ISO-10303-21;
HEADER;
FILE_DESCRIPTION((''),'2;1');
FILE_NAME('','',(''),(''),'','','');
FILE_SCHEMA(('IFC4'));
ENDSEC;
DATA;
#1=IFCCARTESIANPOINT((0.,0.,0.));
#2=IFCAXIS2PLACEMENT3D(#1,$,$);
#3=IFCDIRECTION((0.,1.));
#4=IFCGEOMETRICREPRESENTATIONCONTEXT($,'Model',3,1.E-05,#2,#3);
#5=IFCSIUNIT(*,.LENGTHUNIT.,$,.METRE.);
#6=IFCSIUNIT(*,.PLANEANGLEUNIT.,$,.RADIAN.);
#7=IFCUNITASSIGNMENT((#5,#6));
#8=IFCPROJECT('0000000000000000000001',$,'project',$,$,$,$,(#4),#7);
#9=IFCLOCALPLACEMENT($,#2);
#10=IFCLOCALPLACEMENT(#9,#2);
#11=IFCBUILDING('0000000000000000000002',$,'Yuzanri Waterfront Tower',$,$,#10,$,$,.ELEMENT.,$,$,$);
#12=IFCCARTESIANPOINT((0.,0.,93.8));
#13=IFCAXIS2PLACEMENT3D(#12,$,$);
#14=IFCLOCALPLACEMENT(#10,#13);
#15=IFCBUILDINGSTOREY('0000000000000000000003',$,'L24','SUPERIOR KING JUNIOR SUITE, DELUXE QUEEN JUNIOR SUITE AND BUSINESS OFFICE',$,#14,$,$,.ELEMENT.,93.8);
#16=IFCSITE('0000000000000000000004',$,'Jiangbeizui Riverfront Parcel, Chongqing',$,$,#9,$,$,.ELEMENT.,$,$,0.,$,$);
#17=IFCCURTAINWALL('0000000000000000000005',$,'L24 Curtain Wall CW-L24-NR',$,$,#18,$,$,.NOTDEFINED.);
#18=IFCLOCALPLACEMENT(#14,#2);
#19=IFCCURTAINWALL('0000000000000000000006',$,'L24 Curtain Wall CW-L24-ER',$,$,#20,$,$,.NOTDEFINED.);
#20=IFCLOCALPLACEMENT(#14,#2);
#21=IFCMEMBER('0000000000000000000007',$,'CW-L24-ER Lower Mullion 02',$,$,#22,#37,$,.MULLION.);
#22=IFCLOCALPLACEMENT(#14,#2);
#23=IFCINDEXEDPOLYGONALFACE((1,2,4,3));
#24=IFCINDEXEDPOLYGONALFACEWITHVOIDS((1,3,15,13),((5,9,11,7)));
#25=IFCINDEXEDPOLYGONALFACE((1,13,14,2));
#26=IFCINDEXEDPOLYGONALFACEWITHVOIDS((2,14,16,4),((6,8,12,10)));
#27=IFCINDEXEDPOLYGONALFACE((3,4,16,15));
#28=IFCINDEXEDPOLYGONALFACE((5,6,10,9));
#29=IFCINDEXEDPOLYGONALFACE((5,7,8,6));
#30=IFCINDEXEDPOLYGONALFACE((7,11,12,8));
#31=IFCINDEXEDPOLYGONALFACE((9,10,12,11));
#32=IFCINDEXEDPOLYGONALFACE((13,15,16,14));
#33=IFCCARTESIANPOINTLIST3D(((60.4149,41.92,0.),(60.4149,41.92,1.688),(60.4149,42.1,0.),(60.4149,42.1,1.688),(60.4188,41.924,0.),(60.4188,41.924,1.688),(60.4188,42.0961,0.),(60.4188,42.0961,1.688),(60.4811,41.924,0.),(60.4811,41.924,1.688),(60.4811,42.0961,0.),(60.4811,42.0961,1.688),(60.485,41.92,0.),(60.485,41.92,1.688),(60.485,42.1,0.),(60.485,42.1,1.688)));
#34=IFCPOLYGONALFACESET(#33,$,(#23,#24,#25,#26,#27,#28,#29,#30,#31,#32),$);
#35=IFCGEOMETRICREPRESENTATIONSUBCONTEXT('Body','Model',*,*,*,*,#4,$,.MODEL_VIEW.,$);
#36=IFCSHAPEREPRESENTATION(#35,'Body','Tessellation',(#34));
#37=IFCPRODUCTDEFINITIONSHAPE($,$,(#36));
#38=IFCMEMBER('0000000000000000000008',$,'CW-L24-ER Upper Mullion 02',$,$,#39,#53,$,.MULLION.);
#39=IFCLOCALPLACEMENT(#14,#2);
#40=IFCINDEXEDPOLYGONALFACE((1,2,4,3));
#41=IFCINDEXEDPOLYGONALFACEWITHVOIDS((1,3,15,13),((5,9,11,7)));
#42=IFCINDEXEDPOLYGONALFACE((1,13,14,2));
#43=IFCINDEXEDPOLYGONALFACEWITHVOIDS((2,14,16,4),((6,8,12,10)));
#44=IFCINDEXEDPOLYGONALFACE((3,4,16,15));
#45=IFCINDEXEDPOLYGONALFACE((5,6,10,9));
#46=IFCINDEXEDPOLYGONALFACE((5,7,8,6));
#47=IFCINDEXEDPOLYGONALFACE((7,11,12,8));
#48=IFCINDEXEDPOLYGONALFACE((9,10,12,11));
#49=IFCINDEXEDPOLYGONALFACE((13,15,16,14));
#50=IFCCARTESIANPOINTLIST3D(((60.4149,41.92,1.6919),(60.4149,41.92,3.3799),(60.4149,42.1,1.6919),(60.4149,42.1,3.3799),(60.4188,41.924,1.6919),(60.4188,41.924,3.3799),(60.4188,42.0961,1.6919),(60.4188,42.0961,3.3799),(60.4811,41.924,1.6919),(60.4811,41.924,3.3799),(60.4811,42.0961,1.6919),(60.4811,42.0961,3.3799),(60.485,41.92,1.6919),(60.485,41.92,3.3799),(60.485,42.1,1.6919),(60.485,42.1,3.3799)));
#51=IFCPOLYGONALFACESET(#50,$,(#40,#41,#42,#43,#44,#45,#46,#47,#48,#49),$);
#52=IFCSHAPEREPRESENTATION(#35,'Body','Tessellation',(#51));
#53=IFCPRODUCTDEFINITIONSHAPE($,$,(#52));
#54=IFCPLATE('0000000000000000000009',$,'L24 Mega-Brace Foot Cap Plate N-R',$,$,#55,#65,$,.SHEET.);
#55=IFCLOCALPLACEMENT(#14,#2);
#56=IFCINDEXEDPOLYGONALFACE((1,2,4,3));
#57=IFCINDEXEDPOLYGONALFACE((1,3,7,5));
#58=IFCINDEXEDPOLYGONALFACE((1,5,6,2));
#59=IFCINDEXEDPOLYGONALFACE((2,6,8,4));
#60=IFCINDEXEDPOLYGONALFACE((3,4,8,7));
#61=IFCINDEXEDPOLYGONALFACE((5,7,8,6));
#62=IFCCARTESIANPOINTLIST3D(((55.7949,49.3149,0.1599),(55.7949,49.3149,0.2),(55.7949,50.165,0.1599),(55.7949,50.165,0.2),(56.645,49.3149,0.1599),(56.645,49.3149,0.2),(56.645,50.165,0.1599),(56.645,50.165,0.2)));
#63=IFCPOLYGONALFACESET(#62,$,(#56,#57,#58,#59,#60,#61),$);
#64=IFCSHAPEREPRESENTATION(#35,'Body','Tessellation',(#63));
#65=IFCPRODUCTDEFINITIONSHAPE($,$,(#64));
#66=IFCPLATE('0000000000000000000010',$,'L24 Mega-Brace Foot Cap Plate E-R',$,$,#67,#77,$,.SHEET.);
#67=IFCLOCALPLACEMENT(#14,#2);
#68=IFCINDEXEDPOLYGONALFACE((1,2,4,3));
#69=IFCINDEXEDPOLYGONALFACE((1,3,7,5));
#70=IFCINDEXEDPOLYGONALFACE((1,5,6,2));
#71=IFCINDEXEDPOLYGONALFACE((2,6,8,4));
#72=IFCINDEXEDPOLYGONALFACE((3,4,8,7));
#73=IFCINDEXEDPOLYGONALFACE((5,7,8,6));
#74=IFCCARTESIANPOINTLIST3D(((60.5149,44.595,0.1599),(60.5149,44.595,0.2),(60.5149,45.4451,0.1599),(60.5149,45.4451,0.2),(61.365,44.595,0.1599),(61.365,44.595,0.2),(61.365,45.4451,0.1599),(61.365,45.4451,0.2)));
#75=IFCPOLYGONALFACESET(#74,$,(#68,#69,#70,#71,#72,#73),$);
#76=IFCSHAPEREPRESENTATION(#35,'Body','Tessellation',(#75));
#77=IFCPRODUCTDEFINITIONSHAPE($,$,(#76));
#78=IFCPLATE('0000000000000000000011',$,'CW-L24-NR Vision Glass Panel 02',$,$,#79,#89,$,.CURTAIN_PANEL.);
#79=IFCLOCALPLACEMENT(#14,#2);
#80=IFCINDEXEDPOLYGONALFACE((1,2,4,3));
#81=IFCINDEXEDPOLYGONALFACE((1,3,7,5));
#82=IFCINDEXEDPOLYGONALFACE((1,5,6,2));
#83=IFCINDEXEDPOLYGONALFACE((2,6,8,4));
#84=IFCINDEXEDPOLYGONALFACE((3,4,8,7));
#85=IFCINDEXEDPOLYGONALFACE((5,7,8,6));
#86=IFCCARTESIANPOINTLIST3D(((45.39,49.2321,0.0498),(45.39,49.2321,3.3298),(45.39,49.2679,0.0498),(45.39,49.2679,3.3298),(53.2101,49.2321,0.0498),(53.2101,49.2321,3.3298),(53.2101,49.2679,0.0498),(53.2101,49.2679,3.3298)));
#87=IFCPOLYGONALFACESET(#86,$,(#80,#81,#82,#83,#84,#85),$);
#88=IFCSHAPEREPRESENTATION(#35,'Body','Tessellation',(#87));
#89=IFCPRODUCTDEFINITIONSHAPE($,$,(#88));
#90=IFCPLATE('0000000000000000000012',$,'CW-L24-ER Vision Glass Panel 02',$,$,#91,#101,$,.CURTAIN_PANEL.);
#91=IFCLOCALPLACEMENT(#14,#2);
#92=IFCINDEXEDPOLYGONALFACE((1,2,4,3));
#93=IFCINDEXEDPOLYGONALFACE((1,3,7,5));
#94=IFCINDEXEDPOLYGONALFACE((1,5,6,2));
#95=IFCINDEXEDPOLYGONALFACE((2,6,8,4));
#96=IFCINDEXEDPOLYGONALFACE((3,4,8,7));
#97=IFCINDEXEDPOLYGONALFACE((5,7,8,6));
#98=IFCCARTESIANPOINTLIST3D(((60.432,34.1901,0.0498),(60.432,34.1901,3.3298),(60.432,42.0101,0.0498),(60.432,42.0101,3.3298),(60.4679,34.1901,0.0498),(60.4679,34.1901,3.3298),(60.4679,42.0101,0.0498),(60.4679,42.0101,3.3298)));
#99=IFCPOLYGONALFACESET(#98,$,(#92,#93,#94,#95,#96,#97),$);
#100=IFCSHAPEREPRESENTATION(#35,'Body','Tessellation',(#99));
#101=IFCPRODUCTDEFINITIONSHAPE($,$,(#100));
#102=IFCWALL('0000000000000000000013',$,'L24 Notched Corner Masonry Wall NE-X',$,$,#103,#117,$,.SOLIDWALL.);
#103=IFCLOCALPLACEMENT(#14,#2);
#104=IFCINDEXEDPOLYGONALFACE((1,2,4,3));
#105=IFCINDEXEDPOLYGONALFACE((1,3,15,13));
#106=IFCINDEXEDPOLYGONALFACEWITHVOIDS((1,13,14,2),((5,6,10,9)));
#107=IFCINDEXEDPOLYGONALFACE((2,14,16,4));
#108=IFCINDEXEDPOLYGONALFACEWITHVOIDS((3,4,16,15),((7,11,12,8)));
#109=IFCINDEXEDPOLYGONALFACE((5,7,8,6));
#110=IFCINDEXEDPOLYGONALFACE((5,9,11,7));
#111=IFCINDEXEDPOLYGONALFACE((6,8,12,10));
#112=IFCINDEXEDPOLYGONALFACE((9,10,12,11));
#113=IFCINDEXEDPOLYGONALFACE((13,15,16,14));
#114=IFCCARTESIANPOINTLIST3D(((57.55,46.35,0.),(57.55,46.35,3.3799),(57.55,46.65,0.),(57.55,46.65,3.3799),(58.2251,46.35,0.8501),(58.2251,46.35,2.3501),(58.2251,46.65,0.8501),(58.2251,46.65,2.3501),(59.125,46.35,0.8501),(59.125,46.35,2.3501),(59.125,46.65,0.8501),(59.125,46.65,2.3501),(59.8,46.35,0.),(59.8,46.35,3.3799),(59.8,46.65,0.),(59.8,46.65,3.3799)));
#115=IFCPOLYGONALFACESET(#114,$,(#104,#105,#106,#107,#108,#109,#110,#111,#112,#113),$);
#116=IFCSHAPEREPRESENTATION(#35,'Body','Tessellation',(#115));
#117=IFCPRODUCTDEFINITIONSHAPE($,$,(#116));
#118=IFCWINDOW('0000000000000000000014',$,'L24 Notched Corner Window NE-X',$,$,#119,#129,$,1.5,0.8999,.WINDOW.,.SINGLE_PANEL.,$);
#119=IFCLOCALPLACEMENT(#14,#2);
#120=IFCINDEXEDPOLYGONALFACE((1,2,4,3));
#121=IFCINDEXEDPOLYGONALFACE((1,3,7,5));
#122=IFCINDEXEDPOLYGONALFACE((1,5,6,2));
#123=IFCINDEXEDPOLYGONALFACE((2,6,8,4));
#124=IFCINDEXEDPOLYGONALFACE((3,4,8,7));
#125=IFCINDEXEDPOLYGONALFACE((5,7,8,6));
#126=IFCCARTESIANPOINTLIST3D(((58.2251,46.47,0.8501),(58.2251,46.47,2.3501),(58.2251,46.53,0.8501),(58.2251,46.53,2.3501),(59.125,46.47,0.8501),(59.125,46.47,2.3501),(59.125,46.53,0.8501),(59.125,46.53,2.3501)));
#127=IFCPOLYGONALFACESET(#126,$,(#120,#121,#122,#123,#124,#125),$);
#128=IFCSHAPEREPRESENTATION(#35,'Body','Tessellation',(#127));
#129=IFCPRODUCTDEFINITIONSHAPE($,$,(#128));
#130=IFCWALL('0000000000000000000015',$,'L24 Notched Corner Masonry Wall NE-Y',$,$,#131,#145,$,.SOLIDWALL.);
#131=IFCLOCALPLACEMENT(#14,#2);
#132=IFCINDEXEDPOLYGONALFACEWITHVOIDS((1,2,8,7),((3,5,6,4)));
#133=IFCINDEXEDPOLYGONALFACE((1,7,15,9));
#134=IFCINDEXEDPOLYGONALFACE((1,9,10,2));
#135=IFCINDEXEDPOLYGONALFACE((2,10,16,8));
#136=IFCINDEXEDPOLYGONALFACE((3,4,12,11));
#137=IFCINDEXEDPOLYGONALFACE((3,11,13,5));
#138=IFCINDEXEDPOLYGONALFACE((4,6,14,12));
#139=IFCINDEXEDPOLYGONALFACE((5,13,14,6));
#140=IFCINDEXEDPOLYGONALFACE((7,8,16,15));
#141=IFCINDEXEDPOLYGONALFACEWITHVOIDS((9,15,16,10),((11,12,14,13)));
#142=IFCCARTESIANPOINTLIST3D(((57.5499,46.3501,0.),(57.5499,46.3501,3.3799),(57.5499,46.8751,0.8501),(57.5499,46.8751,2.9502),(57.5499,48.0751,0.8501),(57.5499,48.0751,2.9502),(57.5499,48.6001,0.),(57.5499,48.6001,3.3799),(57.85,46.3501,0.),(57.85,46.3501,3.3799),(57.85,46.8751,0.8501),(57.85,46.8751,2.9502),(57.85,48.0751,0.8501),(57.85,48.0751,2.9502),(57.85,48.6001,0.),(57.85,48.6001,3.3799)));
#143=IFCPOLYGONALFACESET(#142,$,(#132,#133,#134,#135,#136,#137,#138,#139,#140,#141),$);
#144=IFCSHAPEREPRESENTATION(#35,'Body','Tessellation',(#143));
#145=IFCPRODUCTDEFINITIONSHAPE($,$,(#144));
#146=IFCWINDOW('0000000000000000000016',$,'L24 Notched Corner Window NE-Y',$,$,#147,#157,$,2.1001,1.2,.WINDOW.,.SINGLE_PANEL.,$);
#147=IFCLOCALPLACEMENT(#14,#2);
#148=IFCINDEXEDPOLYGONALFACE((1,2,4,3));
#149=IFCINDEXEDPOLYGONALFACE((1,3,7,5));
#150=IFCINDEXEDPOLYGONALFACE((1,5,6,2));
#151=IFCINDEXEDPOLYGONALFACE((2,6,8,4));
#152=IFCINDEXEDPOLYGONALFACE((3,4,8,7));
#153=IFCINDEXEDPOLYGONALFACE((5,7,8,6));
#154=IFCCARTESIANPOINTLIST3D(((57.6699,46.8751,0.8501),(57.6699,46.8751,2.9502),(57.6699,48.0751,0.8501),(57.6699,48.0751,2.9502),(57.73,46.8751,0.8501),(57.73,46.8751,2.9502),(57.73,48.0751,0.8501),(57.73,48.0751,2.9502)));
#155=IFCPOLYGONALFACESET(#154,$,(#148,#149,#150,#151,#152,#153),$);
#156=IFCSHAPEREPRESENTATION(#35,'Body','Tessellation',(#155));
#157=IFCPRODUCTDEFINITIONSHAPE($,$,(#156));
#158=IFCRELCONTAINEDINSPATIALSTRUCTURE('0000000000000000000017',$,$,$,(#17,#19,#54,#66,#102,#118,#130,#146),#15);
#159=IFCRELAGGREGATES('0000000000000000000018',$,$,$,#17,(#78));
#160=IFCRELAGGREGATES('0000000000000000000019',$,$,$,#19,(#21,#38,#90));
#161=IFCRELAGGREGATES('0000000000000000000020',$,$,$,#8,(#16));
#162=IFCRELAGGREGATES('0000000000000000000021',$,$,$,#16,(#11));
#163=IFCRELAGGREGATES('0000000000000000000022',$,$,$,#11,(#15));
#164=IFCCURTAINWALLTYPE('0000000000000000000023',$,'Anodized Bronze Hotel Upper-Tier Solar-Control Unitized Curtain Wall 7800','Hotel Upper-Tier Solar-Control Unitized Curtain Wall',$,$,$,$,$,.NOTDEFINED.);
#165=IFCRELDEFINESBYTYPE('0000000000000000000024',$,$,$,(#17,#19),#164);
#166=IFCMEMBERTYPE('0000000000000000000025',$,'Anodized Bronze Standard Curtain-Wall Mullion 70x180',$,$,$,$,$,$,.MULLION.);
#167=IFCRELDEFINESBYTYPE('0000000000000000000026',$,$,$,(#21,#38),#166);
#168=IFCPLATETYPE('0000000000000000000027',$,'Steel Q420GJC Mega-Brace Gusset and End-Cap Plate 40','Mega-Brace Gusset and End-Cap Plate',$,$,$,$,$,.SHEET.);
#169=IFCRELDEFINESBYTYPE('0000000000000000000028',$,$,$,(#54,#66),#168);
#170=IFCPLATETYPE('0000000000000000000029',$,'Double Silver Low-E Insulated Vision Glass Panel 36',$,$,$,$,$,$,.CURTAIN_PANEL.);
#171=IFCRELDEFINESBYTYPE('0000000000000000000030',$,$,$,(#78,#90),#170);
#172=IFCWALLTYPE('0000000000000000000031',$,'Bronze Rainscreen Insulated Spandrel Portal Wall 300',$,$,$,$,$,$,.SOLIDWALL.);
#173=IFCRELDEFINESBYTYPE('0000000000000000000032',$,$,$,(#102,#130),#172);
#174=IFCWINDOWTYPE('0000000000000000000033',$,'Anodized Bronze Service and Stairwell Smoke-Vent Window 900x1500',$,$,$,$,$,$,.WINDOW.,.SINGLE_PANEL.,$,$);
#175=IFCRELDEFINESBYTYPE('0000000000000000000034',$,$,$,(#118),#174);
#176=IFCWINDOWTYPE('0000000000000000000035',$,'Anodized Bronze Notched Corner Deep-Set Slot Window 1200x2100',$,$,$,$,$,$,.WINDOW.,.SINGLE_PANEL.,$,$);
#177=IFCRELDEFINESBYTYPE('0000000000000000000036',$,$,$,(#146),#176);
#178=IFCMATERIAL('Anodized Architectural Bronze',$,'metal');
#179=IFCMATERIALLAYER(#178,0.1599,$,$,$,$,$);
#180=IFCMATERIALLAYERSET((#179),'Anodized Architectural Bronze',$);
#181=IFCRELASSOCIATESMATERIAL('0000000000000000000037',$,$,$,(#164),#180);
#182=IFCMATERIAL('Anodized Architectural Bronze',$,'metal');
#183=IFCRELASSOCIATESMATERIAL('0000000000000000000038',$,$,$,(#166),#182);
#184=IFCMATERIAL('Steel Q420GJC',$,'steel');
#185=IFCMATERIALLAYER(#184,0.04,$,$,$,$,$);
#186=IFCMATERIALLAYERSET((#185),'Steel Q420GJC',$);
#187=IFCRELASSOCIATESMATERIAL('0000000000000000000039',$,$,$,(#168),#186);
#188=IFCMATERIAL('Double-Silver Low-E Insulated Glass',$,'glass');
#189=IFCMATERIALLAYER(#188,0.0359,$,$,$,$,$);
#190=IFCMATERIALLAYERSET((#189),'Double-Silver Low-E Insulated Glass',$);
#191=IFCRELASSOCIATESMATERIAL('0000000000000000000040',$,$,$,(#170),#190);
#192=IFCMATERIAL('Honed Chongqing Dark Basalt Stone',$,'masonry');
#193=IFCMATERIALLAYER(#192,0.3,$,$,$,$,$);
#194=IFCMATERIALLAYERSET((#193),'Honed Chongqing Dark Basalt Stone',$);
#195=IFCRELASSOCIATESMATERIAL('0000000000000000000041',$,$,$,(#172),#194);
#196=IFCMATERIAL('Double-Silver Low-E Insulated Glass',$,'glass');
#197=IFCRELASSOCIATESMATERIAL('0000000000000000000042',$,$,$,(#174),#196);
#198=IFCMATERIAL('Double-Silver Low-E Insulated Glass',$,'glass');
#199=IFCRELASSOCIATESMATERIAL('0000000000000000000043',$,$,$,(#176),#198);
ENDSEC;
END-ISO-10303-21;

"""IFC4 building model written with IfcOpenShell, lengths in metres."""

from ifc_helpers import new_model, si_unit, direction, frame, frame_2d, origin, origin_2d, place, context, subcontext, project, spatial, rectangle, hollow_rectangle, extrude, source, transform, mapped, material, layer, layer_set, material_profile, profile_set, type_object, element, fill, aggregate, save


model = new_model("IFC4")

# Units and contexts
model_context = context("Model", 3, precision=1e-05, world=origin(), true_north=direction((0.0, 1.0)))
body_context = subcontext(model_context, "Body", "Model", "MODEL_VIEW")
ifc_project = project(units=[si_unit("LENGTHUNIT", "METRE"), si_unit("PLANEANGLEUNIT", "RADIAN")], contexts=[model_context])

# Site, building, storey
site_placement = place(None, origin())
site = spatial("IfcSite", under=ifc_project, at=site_placement, Name="Jiangbeizui Riverfront Parcel, Chongqing", CompositionType="ELEMENT", RefElevation=0.0)
building_placement = place(site_placement, origin())
building = spatial("IfcBuilding", under=site, at=building_placement, Name="Yuzanri Waterfront Tower", CompositionType="ELEMENT")
storey_placement = place(building_placement, frame((0.0, 0.0, 93.8)))
storey = spatial("IfcBuildingStorey", under=building, at=storey_placement, Name="L24", Description="SUPERIOR KING JUNIOR SUITE, DELUXE QUEEN JUNIOR SUITE AND BUSINESS OFFICE", CompositionType="ELEMENT", Elevation=93.8)

# Curtain walls, members
ifc_material_1 = material(Name="Anodized Architectural Bronze", Category="metal")
ifc_layer_1 = layer(ifc_material_1, 0.1599)
ifc_layer_set_1 = layer_set([ifc_layer_1], Name="Anodized Architectural Bronze")
curtain_wall_type = type_object("IfcCurtainWallType", Name="Anodized Bronze Hotel Upper-Tier Solar-Control Unitized Curtain Wall 7800", Description="Hotel Upper-Tier Solar-Control Unitized Curtain Wall", PredefinedType="NOTDEFINED", material=ifc_layer_set_1)
curtain_wall_1_placement = place(storey_placement, origin())
curtain_wall_1 = element("IfcCurtainWall", 1, at=curtain_wall_1_placement, inside=storey, type_object=curtain_wall_type, Name="L24 Curtain Wall CW-L24-NR", PredefinedType="NOTDEFINED")
ifc_material_2 = material(Name="Anodized Architectural Bronze", Category="metal")
ifc_material_profile_1 = material_profile(ifc_material_2, hollow_rectangle(XDim=0.0701, YDim=0.1799, WallThickness=0.0039, at=origin_2d()), Name="CWM 70x180")
ifc_profile_set_1 = profile_set([ifc_material_profile_1], Name="Anodized Architectural Bronze")
member_type_1 = type_object("IfcMemberType", Name="Anodized Bronze Standard Curtain-Wall Mullion 70x180", PredefinedType="MULLION", material=ifc_profile_set_1)
shared_shape_1 = source(origin(), body_context, "Body", "SweptSolid", [
    extrude(hollow_rectangle(XDim=0.0701, YDim=0.1799, WallThickness=0.0039, at=origin_2d()), origin(), (0.0, 0.0, 1.0), 1.688),
])
curtain_wall_2_placement = place(storey_placement, origin())
curtain_wall_2 = element("IfcCurtainWall", 2, at=curtain_wall_2_placement, inside=storey, type_object=curtain_wall_type, Name="L24 Curtain Wall CW-L24-ER", PredefinedType="NOTDEFINED")
member_1_placement = place(storey_placement, frame((60.45, 42.01, 0.0), z_axis=(0.0, 0.0, 1.0), x_axis=(1.0, 0.0, 0.0)))
member_1 = element("IfcMember", 3, at=member_1_placement, type_object=member_type_1, Name="CW-L24-ER Lower Mullion 02", PredefinedType="MULLION", context=body_context, shape_type="MappedRepresentation", body=[
    mapped(shared_shape_1, transform((0.0, 0.0, 0.0), scale=1.0)),
])
member_2_placement = place(storey_placement, frame((60.45, 42.01, 1.6919), z_axis=(0.0, 0.0, 1.0), x_axis=(1.0, 0.0, 0.0)))
member_2 = element("IfcMember", 4, at=member_2_placement, type_object=member_type_1, Name="CW-L24-ER Upper Mullion 02", PredefinedType="MULLION", context=body_context, shape_type="MappedRepresentation", body=[
    mapped(shared_shape_1, transform((0.0, 0.0, 0.0), scale=1.0)),
])

# Plates
ifc_material_3 = material(Name="Steel Q420GJC", Category="steel")
ifc_layer_2 = layer(ifc_material_3, 0.04)
ifc_layer_set_2 = layer_set([ifc_layer_2], Name="Steel Q420GJC")
plate_type_1 = type_object("IfcPlateType", Name="Steel Q420GJC Mega-Brace Gusset and End-Cap Plate 40", Description="Mega-Brace Gusset and End-Cap Plate", PredefinedType="SHEET", material=ifc_layer_set_2)
shared_shape_2 = source(origin(), body_context, "Body", "SweptSolid", [
    extrude(rectangle(XDim=0.8501, YDim=0.8501, at=origin_2d()), origin(), (0.0, 0.0, 1.0), 0.04),
])
for number, where, z_axis, x_axis, name in (
    (5, (56.22, 49.74, 0.1599), (0.0, 0.0, 1.0), (1.0, 0.0, 0.0), "L24 Mega-Brace Foot Cap Plate N-R"),
    (6, (60.9399, 45.02, 0.1599), (0.0, 0.0, 1.0), (1.0, 0.0, 0.0), "L24 Mega-Brace Foot Cap Plate E-R"),
):
    element("IfcPlate", number, at=place(storey_placement, frame(where, z_axis=z_axis, x_axis=x_axis)), inside=storey, type_object=plate_type_1, Name=name, PredefinedType="SHEET", context=body_context, shape_type="MappedRepresentation", body=[
        mapped(shared_shape_2, transform((0.0, 0.0, 0.0), scale=1.0)),
    ])

# Plates
ifc_material_4 = material(Name="Double-Silver Low-E Insulated Glass", Category="glass")
ifc_layer_3 = layer(ifc_material_4, 0.0359)
ifc_layer_set_3 = layer_set([ifc_layer_3], Name="Double-Silver Low-E Insulated Glass")
plate_type_2 = type_object("IfcPlateType", Name="Double Silver Low-E Insulated Vision Glass Panel 36", PredefinedType="CURTAIN_PANEL", material=ifc_layer_set_3)
shared_shape_3 = source(origin(), body_context, "Body", "SweptSolid", [
    extrude(rectangle(XDim=7.8201, YDim=0.0359, at=origin_2d()), origin(), (0.0, 0.0, 1.0), 3.28),
])
plate_1_placement = place(storey_placement, frame((49.3, 49.25, 0.0498), z_axis=(0.0, 0.0, 1.0), x_axis=(1.0, 0.0, 0.0)))
plate_1 = element("IfcPlate", 7, at=plate_1_placement, type_object=plate_type_2, Name="CW-L24-NR Vision Glass Panel 02", PredefinedType="CURTAIN_PANEL", context=body_context, shape_type="MappedRepresentation", body=[
    mapped(shared_shape_3, transform((0.0, 0.0, 0.0), scale=1.0)),
])
aggregate(curtain_wall_1, [plate_1])
plate_2_placement = place(storey_placement, frame((60.45, 38.1001, 0.0498), z_axis=(0.0, 0.0, 1.0), x_axis=(0.0, 1.0, 0.0)))
plate_2 = element("IfcPlate", 8, at=plate_2_placement, type_object=plate_type_2, Name="CW-L24-ER Vision Glass Panel 02", PredefinedType="CURTAIN_PANEL", context=body_context, shape_type="MappedRepresentation", body=[
    mapped(shared_shape_3, transform((0.0, 0.0, 0.0), scale=1.0)),
])
aggregate(curtain_wall_2, [member_1, member_2, plate_2])

# Walls, openings, windows
ifc_material_5 = material(Name="Honed Chongqing Dark Basalt Stone", Category="masonry")
ifc_layer_4 = layer(ifc_material_5, 0.3)
ifc_layer_set_4 = layer_set([ifc_layer_4], Name="Honed Chongqing Dark Basalt Stone")
wall_type_1 = type_object("IfcWallType", Name="Bronze Rainscreen Insulated Spandrel Portal Wall 300", PredefinedType="SOLIDWALL", material=ifc_layer_set_4)
wall_1_placement = place(storey_placement, frame((59.8, 46.5, 0.0), z_axis=(0.0, 0.0, 1.0), x_axis=(-1.0, 0.0, 0.0)))
wall_1 = element("IfcWall", 9, at=wall_1_placement, inside=storey, type_object=wall_type_1, Name="L24 Notched Corner Masonry Wall NE-X", PredefinedType="SOLIDWALL", context=body_context, shape_type="SweptSolid", body=[
    extrude(rectangle(XDim=2.25, YDim=0.3, at=frame_2d((1.125, 0.0))), origin(), (0.0, 0.0, 1.0), 3.3799),
])
opening_1_placement = place(wall_1_placement, frame((0.675, 0.0, 0.8501)))
opening_1 = element("IfcOpeningElement", 10, at=opening_1_placement, cuts=wall_1, PredefinedType="OPENING", context=body_context, shape_type="SweptSolid", body=[
    extrude(rectangle(XDim=0.8999, YDim=1.5, at=frame_2d((0.45, 0.75))), frame((0.0, 0.165, 0.0), z_axis=(0.0, -1.0, 0.0), x_axis=(1.0, 0.0, 0.0)), (0.0, 0.0, 1.0), 0.3298),
])
ifc_material_6 = material(Name="Double-Silver Low-E Insulated Glass", Category="glass")
window_type_1 = type_object("IfcWindowType", Name="Anodized Bronze Service and Stairwell Smoke-Vent Window 900x1500", PartitioningType="SINGLE_PANEL", PredefinedType="WINDOW", material=ifc_material_6)
shared_shape_4 = source(origin(), body_context, "Body", "SweptSolid", [
    extrude(rectangle(XDim=0.8999, YDim=1.5, at=frame_2d((0.45, 0.75))), frame((0.0, 0.03, 0.0), z_axis=(0.0, -1.0, 0.0), x_axis=(1.0, 0.0, 0.0)), (0.0, 0.0, 1.0), 0.0601),
])
window_1_placement = place(opening_1_placement, origin())
window_1 = element("IfcWindow", 11, at=window_1_placement, inside=storey, type_object=window_type_1, Name="L24 Notched Corner Window NE-X", OverallHeight=1.5, OverallWidth=0.8999, PartitioningType="SINGLE_PANEL", PredefinedType="WINDOW", context=body_context, shape_type="MappedRepresentation", body=[
    mapped(shared_shape_4, transform((0.0, 0.0, 0.0), scale=1.0)),
])
fill(opening_1, window_1)
wall_2_placement = place(storey_placement, frame((57.7, 46.3501, 0.0), z_axis=(0.0, 0.0, 1.0), x_axis=(0.0, 1.0, 0.0)))
wall_2 = element("IfcWall", 12, at=wall_2_placement, inside=storey, type_object=wall_type_1, Name="L24 Notched Corner Masonry Wall NE-Y", PredefinedType="SOLIDWALL", context=body_context, shape_type="SweptSolid", body=[
    extrude(rectangle(XDim=2.25, YDim=0.3, at=frame_2d((1.125, 0.0))), origin(), (0.0, 0.0, 1.0), 3.3799),
])
opening_2_placement = place(wall_2_placement, frame((0.5249, 0.0, 0.8501)))
opening_2 = element("IfcOpeningElement", 13, at=opening_2_placement, cuts=wall_2, PredefinedType="OPENING", context=body_context, shape_type="SweptSolid", body=[
    extrude(rectangle(XDim=1.2, YDim=2.1001, at=frame_2d((0.6001, 1.05))), frame((0.0, 0.165, 0.0), z_axis=(0.0, -1.0, 0.0), x_axis=(1.0, 0.0, 0.0)), (0.0, 0.0, 1.0), 0.3298),
])
ifc_material_7 = material(Name="Double-Silver Low-E Insulated Glass", Category="glass")
window_type_2 = type_object("IfcWindowType", Name="Anodized Bronze Notched Corner Deep-Set Slot Window 1200x2100", PartitioningType="SINGLE_PANEL", PredefinedType="WINDOW", material=ifc_material_7)
shared_shape_5 = source(origin(), body_context, "Body", "SweptSolid", [
    extrude(rectangle(XDim=1.2, YDim=2.1001, at=frame_2d((0.6001, 1.05))), frame((0.0, 0.03, 0.0), z_axis=(0.0, -1.0, 0.0), x_axis=(1.0, 0.0, 0.0)), (0.0, 0.0, 1.0), 0.0601),
])
window_2_placement = place(opening_2_placement, origin())
window_2 = element("IfcWindow", 14, at=window_2_placement, inside=storey, type_object=window_type_2, Name="L24 Notched Corner Window NE-Y", OverallHeight=2.1001, OverallWidth=1.2, PartitioningType="SINGLE_PANEL", PredefinedType="WINDOW", context=body_context, shape_type="MappedRepresentation", body=[
    mapped(shared_shape_5, transform((0.0, 0.0, 0.0), scale=1.0)),
])
fill(opening_2, window_2)

save(model, "model.ifc")
